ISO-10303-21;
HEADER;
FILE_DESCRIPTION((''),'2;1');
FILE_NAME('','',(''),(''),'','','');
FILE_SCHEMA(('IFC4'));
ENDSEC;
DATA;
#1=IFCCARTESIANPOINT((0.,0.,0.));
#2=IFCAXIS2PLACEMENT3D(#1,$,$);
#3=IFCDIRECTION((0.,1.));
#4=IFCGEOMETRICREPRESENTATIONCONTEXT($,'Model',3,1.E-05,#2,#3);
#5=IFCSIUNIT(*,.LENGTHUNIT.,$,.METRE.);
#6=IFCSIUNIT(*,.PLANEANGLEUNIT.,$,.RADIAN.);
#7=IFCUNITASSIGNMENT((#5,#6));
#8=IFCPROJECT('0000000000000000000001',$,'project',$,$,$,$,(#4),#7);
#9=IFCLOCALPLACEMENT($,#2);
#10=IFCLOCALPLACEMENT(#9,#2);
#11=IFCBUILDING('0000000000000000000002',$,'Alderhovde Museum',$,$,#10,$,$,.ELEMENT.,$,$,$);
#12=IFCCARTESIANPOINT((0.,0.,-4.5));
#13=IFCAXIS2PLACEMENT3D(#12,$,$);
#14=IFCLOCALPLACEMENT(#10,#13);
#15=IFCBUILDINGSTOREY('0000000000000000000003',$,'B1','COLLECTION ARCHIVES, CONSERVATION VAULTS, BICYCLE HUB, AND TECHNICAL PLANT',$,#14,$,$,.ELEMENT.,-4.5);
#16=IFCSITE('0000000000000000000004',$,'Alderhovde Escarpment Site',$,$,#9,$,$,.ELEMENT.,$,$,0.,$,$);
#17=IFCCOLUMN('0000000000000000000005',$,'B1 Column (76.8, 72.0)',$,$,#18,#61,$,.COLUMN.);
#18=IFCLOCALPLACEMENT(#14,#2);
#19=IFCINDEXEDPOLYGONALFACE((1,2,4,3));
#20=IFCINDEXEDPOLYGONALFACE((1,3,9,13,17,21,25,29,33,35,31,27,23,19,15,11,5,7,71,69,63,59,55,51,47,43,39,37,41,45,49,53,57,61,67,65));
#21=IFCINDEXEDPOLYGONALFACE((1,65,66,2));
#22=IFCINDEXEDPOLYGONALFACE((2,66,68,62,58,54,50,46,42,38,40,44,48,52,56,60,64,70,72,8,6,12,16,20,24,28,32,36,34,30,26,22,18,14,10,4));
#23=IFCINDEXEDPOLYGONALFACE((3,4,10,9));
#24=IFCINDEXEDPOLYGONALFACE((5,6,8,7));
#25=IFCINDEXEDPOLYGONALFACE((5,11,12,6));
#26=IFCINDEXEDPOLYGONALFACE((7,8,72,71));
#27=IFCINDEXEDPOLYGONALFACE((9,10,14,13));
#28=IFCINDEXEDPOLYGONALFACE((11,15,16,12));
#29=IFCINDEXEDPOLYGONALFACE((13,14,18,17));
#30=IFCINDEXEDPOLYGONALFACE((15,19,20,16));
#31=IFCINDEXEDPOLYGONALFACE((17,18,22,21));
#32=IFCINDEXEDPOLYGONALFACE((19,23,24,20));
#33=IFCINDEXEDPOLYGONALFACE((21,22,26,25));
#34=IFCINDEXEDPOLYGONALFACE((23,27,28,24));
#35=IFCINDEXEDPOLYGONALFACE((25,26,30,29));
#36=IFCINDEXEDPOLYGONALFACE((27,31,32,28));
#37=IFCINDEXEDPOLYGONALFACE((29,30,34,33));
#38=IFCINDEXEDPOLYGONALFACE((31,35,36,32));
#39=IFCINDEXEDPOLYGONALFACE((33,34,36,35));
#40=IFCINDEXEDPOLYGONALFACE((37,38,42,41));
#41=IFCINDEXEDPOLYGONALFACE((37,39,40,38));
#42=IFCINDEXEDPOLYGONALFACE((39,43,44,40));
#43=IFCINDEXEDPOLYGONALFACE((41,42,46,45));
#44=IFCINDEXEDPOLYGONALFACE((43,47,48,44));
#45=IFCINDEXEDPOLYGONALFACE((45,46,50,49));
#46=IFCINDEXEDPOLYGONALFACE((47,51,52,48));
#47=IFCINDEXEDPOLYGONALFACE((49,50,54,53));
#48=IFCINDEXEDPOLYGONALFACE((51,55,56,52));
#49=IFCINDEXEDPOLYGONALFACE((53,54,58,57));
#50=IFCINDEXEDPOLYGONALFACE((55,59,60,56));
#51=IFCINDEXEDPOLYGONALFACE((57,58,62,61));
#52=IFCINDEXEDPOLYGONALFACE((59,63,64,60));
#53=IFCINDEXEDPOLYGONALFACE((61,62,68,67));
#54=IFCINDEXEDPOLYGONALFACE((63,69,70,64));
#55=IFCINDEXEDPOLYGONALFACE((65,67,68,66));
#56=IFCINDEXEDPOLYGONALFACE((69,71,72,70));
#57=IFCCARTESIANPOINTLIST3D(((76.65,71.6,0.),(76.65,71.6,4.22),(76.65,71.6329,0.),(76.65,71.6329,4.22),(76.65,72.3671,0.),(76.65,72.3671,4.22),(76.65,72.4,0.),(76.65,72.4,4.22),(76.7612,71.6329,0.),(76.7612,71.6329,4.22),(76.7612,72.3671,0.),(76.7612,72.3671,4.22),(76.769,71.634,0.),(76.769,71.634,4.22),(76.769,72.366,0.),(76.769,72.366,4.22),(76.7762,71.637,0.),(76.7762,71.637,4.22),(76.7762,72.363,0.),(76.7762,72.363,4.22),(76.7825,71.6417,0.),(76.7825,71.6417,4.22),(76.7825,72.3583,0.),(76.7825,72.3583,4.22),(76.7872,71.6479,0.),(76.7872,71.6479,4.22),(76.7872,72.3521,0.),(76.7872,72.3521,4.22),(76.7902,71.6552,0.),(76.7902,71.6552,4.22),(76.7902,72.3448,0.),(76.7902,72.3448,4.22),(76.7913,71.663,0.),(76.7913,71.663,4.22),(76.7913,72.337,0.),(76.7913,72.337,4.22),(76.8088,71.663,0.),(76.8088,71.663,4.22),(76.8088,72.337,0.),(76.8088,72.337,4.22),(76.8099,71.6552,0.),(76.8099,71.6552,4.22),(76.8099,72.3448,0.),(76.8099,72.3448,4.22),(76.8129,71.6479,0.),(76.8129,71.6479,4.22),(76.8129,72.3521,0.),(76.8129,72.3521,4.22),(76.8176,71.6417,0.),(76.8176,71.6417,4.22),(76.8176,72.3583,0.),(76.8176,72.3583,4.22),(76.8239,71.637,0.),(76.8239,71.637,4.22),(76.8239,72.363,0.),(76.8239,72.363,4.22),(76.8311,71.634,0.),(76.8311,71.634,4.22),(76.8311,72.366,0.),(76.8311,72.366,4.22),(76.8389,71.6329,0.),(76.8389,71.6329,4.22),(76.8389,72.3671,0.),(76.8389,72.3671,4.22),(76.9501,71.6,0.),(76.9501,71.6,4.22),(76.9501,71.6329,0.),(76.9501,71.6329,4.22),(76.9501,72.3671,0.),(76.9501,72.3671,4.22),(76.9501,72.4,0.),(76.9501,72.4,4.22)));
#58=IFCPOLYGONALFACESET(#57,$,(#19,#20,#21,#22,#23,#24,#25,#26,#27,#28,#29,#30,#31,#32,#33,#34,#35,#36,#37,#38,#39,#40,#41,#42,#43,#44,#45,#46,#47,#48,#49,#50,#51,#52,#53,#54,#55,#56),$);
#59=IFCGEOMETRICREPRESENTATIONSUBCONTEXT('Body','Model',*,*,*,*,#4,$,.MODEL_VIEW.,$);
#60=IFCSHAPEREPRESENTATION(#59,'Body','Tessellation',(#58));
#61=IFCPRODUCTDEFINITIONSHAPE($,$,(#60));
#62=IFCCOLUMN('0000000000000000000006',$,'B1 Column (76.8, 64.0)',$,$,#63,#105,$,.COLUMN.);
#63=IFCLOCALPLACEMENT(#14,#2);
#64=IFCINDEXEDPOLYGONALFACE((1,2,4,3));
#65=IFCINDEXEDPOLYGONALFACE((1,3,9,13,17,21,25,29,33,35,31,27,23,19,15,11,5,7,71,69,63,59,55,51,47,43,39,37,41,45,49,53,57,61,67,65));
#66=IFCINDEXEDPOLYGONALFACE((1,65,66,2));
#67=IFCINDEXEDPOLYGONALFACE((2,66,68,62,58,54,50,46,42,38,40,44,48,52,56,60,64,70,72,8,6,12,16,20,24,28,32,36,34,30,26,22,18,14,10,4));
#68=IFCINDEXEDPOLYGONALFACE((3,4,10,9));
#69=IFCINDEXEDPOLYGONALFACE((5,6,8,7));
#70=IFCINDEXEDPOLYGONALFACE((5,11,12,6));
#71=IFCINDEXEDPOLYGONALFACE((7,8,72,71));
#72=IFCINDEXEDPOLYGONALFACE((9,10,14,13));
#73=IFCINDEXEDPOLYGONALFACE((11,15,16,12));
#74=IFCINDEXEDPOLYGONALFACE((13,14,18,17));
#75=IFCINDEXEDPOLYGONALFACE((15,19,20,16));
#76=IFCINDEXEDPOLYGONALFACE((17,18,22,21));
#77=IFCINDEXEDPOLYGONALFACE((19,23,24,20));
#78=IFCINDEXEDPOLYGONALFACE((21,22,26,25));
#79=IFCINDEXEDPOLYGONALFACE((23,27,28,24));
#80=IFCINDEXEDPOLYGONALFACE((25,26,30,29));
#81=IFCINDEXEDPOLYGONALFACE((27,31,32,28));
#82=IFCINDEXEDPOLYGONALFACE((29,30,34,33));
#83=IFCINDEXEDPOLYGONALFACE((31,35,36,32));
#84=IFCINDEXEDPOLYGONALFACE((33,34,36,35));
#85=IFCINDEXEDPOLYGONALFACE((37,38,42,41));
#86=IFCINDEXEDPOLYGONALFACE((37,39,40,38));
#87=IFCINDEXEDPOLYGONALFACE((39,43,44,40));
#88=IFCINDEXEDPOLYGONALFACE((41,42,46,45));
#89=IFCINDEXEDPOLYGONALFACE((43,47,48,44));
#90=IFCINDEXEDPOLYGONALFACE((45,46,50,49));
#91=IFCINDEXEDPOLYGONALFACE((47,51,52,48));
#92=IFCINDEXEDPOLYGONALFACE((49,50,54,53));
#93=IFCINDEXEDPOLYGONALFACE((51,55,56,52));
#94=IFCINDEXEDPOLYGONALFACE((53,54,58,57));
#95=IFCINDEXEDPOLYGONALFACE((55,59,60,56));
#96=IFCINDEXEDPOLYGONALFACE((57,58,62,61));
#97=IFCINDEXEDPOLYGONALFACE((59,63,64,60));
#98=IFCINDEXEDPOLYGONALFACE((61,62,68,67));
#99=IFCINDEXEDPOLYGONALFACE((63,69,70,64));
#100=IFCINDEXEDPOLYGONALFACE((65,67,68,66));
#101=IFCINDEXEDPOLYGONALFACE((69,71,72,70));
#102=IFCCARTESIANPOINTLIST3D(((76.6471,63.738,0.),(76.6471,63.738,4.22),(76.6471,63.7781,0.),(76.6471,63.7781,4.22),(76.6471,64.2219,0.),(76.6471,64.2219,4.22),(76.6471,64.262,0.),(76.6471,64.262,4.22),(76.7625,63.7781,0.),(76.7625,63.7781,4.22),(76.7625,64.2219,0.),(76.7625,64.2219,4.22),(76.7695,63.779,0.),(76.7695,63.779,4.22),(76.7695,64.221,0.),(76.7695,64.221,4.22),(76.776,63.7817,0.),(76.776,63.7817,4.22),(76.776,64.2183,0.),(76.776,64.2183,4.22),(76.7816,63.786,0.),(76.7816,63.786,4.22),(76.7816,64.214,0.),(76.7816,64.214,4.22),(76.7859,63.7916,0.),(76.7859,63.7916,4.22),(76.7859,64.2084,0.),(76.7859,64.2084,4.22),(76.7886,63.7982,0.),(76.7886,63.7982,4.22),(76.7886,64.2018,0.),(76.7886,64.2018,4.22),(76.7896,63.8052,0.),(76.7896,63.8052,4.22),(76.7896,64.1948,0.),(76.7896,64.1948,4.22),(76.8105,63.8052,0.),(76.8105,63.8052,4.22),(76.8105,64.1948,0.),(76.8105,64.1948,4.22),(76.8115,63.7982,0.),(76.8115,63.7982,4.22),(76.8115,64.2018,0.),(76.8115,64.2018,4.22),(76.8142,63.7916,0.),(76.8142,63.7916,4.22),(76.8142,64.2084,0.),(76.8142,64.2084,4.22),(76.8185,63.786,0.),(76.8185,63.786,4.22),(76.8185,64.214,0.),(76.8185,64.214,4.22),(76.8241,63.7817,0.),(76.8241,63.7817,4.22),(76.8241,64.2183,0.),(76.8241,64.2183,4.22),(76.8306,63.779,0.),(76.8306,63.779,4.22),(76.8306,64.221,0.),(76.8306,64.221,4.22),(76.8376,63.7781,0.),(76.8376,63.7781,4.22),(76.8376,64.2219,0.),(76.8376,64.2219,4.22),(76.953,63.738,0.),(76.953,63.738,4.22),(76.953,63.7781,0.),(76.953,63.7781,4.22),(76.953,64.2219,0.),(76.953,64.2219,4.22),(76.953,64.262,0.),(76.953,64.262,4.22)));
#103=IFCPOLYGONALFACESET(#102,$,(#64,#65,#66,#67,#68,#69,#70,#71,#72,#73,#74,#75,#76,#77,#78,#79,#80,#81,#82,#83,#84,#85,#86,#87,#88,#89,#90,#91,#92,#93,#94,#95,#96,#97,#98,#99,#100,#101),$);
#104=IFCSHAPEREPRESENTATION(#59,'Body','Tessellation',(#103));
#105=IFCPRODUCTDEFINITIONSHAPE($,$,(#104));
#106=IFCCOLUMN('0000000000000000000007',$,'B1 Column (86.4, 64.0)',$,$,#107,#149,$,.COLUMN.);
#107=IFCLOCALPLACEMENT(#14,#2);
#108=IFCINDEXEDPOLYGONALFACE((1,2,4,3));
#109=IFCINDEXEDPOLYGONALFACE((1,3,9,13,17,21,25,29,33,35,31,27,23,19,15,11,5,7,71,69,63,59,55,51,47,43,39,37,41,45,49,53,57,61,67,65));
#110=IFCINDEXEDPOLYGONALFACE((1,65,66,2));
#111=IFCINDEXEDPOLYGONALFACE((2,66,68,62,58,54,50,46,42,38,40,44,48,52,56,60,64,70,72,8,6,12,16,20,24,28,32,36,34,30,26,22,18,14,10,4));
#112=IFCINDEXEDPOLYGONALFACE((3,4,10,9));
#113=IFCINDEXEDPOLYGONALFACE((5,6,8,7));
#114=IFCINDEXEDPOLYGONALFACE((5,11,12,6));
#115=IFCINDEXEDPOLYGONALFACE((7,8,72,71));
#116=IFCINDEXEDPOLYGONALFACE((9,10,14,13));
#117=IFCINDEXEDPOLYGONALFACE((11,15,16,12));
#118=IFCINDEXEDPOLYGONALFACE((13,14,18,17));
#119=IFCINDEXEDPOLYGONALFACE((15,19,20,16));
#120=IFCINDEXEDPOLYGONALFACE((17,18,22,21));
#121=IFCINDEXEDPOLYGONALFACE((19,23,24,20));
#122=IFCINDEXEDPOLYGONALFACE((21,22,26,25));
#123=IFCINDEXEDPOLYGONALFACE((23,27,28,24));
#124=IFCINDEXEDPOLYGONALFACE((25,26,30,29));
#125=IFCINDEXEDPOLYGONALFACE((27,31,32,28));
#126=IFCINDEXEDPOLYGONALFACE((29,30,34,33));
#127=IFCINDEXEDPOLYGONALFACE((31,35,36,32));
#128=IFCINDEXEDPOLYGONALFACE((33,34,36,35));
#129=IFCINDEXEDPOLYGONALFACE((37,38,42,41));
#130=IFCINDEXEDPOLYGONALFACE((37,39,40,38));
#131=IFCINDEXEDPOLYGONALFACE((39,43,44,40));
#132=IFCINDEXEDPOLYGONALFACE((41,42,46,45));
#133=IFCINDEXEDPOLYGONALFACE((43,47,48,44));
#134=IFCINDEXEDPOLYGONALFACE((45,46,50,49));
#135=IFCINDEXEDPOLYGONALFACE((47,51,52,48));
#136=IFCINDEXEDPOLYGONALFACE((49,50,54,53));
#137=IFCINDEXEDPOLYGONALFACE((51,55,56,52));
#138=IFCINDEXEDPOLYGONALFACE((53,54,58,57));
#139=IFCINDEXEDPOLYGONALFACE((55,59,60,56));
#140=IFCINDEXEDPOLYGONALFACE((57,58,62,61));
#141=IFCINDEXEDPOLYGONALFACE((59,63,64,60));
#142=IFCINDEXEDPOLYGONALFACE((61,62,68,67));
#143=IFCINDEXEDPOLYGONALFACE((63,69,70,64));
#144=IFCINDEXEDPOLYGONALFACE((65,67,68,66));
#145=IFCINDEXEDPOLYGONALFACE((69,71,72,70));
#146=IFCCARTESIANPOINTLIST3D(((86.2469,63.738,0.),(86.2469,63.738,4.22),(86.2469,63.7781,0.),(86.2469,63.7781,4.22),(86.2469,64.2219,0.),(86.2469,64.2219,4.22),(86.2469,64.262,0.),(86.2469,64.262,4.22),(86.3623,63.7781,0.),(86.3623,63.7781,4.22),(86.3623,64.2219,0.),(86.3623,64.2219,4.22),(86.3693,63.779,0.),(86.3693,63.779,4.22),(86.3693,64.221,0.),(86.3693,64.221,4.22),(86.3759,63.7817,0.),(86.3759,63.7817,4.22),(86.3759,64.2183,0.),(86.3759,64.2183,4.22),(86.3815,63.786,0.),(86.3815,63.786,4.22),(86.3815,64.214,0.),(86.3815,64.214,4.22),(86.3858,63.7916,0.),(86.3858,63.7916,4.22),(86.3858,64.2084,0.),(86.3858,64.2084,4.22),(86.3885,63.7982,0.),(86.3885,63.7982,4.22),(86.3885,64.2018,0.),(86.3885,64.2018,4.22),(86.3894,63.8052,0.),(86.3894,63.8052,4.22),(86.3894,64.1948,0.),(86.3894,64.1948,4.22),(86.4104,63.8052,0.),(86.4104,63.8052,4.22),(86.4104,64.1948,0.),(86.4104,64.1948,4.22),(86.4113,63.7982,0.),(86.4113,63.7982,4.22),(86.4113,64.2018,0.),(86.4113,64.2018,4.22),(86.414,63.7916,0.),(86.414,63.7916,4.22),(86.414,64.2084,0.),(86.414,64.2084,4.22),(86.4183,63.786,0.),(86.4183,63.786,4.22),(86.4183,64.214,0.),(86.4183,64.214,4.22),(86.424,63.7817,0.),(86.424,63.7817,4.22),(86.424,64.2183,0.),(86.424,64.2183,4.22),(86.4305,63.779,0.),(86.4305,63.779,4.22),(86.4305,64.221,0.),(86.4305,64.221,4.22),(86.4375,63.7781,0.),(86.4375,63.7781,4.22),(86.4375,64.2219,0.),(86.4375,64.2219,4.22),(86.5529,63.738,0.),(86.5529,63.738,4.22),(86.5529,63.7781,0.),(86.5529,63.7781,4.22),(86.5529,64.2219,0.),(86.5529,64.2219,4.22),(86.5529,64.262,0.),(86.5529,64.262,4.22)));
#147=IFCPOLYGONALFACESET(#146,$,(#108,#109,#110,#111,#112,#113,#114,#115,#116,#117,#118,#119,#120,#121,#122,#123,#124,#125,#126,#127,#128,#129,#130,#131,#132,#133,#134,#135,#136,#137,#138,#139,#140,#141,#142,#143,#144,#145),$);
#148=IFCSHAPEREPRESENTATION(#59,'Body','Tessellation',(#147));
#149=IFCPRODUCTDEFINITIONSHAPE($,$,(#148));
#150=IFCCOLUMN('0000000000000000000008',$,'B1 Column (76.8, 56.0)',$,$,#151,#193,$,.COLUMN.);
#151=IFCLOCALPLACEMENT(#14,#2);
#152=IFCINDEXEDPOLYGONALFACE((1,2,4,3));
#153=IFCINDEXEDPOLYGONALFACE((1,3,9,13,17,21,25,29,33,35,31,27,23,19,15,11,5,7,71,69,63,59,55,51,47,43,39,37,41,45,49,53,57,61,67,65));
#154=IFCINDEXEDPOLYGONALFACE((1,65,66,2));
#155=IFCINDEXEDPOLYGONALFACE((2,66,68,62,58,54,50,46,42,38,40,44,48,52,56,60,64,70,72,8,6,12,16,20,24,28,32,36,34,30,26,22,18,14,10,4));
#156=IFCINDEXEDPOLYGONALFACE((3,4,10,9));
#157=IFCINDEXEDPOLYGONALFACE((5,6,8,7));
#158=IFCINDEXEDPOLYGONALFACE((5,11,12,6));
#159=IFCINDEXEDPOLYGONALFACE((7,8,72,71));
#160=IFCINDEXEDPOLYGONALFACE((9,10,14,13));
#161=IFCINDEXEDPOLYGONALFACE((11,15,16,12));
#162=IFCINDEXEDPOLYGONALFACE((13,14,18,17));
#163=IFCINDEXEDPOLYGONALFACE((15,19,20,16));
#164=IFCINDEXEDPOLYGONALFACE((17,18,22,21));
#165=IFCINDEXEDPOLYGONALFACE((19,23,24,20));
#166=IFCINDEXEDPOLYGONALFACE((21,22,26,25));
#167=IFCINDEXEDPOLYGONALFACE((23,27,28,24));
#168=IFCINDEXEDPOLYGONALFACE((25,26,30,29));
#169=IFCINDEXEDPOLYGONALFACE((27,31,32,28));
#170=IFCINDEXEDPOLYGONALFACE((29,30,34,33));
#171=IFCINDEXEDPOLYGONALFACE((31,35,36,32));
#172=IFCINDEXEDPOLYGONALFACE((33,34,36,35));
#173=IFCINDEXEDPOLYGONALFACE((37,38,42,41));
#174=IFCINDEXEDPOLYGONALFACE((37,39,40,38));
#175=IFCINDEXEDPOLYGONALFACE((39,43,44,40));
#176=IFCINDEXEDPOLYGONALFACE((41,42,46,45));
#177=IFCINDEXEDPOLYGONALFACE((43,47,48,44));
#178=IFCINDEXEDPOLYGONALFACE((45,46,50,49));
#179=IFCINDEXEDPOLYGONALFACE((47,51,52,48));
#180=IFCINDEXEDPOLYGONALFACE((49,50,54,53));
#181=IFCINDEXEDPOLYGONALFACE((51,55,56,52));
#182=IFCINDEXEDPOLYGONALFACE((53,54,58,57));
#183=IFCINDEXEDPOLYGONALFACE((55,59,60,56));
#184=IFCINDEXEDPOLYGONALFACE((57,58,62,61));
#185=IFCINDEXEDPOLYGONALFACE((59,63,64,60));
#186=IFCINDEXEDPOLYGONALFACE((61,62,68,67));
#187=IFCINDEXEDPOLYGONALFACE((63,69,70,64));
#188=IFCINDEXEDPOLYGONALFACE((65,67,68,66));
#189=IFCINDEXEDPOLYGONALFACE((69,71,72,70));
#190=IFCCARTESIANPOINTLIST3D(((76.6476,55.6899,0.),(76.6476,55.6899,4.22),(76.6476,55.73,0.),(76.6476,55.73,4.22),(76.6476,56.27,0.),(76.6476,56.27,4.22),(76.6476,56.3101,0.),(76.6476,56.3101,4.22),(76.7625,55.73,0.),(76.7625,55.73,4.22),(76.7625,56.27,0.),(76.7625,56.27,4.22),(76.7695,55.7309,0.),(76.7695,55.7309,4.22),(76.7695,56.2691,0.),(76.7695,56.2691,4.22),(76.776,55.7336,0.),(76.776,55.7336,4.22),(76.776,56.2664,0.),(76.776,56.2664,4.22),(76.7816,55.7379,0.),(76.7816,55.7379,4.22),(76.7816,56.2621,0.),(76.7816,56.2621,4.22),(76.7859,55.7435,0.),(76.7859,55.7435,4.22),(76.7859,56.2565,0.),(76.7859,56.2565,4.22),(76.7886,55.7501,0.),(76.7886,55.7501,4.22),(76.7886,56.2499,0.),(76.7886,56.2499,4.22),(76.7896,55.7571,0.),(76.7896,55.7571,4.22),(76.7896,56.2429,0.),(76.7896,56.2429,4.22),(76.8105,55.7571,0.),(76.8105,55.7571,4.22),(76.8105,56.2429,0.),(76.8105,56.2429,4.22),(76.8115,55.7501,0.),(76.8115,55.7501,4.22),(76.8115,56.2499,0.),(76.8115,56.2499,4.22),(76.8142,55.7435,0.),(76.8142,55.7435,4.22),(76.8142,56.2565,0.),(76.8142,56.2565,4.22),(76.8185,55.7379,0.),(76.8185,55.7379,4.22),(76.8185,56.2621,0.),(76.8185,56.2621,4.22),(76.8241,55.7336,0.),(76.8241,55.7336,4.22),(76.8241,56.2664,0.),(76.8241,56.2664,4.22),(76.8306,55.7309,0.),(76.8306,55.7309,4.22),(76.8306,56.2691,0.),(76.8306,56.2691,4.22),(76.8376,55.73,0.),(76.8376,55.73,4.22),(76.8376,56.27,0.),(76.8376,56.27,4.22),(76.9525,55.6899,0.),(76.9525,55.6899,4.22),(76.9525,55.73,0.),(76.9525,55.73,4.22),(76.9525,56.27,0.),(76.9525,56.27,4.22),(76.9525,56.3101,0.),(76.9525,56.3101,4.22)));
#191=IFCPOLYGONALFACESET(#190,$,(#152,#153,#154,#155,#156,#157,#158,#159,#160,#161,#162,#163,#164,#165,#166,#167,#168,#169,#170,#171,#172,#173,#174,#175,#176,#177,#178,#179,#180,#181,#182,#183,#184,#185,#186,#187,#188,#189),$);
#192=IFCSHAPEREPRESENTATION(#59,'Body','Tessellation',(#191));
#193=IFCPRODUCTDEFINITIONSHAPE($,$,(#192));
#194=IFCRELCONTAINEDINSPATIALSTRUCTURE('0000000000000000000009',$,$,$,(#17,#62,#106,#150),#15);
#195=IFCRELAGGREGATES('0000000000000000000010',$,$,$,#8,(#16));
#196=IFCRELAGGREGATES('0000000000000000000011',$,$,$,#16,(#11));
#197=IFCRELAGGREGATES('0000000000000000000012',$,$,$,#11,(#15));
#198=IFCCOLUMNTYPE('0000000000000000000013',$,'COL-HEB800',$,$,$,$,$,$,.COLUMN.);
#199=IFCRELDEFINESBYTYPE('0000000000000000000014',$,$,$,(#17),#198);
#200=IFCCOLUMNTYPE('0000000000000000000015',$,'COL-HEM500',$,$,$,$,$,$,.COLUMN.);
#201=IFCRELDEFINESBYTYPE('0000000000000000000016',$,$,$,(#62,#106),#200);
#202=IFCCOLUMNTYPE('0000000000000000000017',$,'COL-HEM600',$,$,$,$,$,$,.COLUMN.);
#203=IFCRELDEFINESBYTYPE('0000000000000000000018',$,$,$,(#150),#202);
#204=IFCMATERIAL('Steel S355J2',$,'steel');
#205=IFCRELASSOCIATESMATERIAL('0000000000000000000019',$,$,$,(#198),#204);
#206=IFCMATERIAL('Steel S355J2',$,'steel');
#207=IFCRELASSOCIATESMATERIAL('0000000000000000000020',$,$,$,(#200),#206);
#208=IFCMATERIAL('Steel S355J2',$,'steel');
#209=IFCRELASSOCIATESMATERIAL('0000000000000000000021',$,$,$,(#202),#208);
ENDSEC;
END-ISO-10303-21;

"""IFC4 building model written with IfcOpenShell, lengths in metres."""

from ifc_helpers import new_model, si_unit, direction, frame, origin, origin_2d, place, context, subcontext, project, spatial, i_section, extrude, material, material_profile, profile_set, type_object, element, save


model = new_model("IFC4")

# Units and contexts
model_context = context("Model", 3, precision=1e-05, world=origin(), true_north=direction((0.0, 1.0)))
body_context = subcontext(model_context, "Body", "Model", "MODEL_VIEW")
ifc_project = project(units=[si_unit("LENGTHUNIT", "METRE"), si_unit("PLANEANGLEUNIT", "RADIAN")], contexts=[model_context])

# Site, building, storey
site_placement = place(None, origin())
site = spatial("IfcSite", under=ifc_project, at=site_placement, Name="Alderhovde Escarpment Site", CompositionType="ELEMENT", RefElevation=0.0)
building_placement = place(site_placement, origin())
building = spatial("IfcBuilding", under=site, at=building_placement, Name="Alderhovde Museum", CompositionType="ELEMENT")
storey_placement = place(building_placement, frame((0.0, 0.0, -4.5)))
storey = spatial("IfcBuildingStorey", under=building, at=storey_placement, Name="B1", Description="COLLECTION ARCHIVES, CONSERVATION VAULTS, BICYCLE HUB, AND TECHNICAL PLANT", CompositionType="ELEMENT", Elevation=-4.5)

# Columns
ifc_material_1 = material(Name="Steel S355J2", Category="steel")
ifc_material_profile_1 = material_profile(ifc_material_1, i_section(OverallWidth=0.3, OverallDepth=0.8, WebThickness=0.0176, FlangeThickness=0.033, FilletRadius=0.03, at=origin_2d()), Name="HEB 800")
ifc_profile_set_1 = profile_set([ifc_material_profile_1], Name="Steel S355J2")
column_type_1 = type_object("IfcColumnType", Name="COL-HEB800", PredefinedType="COLUMN", material=ifc_profile_set_1)
column_placement = place(storey_placement, frame((76.8, 72.0, 0.0), z_axis=(0.0, 0.0, 1.0), x_axis=(1.0, 0.0, 0.0)))
element("IfcColumn", 1, at=column_placement, inside=storey, type_object=column_type_1, Name="B1 Column (76.8, 72.0)", PredefinedType="COLUMN", context=body_context, shape_type="SweptSolid", body=[
    extrude(i_section(OverallWidth=0.3, OverallDepth=0.8, WebThickness=0.0176, FlangeThickness=0.033, FilletRadius=0.03, at=origin_2d()), origin(), (0.0, 0.0, 1.0), 4.22),
])
ifc_material_2 = material(Name="Steel S355J2", Category="steel")
ifc_material_profile_2 = material_profile(ifc_material_2, i_section(OverallWidth=0.3059, OverallDepth=0.5239, WebThickness=0.021, FlangeThickness=0.04, FilletRadius=0.0271, at=origin_2d()), Name="HEM 500")
ifc_profile_set_2 = profile_set([ifc_material_profile_2], Name="Steel S355J2")
column_type_2 = type_object("IfcColumnType", Name="COL-HEM500", PredefinedType="COLUMN", material=ifc_profile_set_2)
for number, where, z_axis, x_axis, name in (
    (2, (76.8, 64.0, 0.0), (0.0, 0.0, 1.0), (1.0, 0.0, 0.0), "B1 Column (76.8, 64.0)"),
    (3, (86.3999, 64.0, 0.0), (0.0, 0.0, 1.0), (1.0, 0.0, 0.0), "B1 Column (86.4, 64.0)"),
):
    element("IfcColumn", number, at=place(storey_placement, frame(where, z_axis=z_axis, x_axis=x_axis)), inside=storey, type_object=column_type_2, Name=name, PredefinedType="COLUMN", context=body_context, shape_type="SweptSolid", body=[
        extrude(i_section(OverallWidth=0.3059, OverallDepth=0.5239, WebThickness=0.021, FlangeThickness=0.04, FilletRadius=0.0271, at=origin_2d()), origin(), (0.0, 0.0, 1.0), 4.22),
    ])
ifc_material_3 = material(Name="Steel S355J2", Category="steel")
ifc_material_profile_3 = material_profile(ifc_material_3, i_section(OverallWidth=0.3049, OverallDepth=0.6201, WebThickness=0.021, FlangeThickness=0.04, FilletRadius=0.0271, at=origin_2d()), Name="HEM 600")
ifc_profile_set_3 = profile_set([ifc_material_profile_3], Name="Steel S355J2")
column_type_3 = type_object("IfcColumnType", Name="COL-HEM600", PredefinedType="COLUMN", material=ifc_profile_set_3)
for number, where, z_axis, x_axis, name in (
    (4, (76.8, 56.0, 0.0), (0.0, 0.0, 1.0), (1.0, 0.0, 0.0), "B1 Column (76.8, 56.0)"),
):
    element("IfcColumn", number, at=place(storey_placement, frame(where, z_axis=z_axis, x_axis=x_axis)), inside=storey, type_object=column_type_3, Name=name, PredefinedType="COLUMN", context=body_context, shape_type="SweptSolid", body=[
        extrude(i_section(OverallWidth=0.3049, OverallDepth=0.6201, WebThickness=0.021, FlangeThickness=0.04, FilletRadius=0.0271, at=origin_2d()), origin(), (0.0, 0.0, 1.0), 4.22),
    ])

save(model, "model.ifc")
